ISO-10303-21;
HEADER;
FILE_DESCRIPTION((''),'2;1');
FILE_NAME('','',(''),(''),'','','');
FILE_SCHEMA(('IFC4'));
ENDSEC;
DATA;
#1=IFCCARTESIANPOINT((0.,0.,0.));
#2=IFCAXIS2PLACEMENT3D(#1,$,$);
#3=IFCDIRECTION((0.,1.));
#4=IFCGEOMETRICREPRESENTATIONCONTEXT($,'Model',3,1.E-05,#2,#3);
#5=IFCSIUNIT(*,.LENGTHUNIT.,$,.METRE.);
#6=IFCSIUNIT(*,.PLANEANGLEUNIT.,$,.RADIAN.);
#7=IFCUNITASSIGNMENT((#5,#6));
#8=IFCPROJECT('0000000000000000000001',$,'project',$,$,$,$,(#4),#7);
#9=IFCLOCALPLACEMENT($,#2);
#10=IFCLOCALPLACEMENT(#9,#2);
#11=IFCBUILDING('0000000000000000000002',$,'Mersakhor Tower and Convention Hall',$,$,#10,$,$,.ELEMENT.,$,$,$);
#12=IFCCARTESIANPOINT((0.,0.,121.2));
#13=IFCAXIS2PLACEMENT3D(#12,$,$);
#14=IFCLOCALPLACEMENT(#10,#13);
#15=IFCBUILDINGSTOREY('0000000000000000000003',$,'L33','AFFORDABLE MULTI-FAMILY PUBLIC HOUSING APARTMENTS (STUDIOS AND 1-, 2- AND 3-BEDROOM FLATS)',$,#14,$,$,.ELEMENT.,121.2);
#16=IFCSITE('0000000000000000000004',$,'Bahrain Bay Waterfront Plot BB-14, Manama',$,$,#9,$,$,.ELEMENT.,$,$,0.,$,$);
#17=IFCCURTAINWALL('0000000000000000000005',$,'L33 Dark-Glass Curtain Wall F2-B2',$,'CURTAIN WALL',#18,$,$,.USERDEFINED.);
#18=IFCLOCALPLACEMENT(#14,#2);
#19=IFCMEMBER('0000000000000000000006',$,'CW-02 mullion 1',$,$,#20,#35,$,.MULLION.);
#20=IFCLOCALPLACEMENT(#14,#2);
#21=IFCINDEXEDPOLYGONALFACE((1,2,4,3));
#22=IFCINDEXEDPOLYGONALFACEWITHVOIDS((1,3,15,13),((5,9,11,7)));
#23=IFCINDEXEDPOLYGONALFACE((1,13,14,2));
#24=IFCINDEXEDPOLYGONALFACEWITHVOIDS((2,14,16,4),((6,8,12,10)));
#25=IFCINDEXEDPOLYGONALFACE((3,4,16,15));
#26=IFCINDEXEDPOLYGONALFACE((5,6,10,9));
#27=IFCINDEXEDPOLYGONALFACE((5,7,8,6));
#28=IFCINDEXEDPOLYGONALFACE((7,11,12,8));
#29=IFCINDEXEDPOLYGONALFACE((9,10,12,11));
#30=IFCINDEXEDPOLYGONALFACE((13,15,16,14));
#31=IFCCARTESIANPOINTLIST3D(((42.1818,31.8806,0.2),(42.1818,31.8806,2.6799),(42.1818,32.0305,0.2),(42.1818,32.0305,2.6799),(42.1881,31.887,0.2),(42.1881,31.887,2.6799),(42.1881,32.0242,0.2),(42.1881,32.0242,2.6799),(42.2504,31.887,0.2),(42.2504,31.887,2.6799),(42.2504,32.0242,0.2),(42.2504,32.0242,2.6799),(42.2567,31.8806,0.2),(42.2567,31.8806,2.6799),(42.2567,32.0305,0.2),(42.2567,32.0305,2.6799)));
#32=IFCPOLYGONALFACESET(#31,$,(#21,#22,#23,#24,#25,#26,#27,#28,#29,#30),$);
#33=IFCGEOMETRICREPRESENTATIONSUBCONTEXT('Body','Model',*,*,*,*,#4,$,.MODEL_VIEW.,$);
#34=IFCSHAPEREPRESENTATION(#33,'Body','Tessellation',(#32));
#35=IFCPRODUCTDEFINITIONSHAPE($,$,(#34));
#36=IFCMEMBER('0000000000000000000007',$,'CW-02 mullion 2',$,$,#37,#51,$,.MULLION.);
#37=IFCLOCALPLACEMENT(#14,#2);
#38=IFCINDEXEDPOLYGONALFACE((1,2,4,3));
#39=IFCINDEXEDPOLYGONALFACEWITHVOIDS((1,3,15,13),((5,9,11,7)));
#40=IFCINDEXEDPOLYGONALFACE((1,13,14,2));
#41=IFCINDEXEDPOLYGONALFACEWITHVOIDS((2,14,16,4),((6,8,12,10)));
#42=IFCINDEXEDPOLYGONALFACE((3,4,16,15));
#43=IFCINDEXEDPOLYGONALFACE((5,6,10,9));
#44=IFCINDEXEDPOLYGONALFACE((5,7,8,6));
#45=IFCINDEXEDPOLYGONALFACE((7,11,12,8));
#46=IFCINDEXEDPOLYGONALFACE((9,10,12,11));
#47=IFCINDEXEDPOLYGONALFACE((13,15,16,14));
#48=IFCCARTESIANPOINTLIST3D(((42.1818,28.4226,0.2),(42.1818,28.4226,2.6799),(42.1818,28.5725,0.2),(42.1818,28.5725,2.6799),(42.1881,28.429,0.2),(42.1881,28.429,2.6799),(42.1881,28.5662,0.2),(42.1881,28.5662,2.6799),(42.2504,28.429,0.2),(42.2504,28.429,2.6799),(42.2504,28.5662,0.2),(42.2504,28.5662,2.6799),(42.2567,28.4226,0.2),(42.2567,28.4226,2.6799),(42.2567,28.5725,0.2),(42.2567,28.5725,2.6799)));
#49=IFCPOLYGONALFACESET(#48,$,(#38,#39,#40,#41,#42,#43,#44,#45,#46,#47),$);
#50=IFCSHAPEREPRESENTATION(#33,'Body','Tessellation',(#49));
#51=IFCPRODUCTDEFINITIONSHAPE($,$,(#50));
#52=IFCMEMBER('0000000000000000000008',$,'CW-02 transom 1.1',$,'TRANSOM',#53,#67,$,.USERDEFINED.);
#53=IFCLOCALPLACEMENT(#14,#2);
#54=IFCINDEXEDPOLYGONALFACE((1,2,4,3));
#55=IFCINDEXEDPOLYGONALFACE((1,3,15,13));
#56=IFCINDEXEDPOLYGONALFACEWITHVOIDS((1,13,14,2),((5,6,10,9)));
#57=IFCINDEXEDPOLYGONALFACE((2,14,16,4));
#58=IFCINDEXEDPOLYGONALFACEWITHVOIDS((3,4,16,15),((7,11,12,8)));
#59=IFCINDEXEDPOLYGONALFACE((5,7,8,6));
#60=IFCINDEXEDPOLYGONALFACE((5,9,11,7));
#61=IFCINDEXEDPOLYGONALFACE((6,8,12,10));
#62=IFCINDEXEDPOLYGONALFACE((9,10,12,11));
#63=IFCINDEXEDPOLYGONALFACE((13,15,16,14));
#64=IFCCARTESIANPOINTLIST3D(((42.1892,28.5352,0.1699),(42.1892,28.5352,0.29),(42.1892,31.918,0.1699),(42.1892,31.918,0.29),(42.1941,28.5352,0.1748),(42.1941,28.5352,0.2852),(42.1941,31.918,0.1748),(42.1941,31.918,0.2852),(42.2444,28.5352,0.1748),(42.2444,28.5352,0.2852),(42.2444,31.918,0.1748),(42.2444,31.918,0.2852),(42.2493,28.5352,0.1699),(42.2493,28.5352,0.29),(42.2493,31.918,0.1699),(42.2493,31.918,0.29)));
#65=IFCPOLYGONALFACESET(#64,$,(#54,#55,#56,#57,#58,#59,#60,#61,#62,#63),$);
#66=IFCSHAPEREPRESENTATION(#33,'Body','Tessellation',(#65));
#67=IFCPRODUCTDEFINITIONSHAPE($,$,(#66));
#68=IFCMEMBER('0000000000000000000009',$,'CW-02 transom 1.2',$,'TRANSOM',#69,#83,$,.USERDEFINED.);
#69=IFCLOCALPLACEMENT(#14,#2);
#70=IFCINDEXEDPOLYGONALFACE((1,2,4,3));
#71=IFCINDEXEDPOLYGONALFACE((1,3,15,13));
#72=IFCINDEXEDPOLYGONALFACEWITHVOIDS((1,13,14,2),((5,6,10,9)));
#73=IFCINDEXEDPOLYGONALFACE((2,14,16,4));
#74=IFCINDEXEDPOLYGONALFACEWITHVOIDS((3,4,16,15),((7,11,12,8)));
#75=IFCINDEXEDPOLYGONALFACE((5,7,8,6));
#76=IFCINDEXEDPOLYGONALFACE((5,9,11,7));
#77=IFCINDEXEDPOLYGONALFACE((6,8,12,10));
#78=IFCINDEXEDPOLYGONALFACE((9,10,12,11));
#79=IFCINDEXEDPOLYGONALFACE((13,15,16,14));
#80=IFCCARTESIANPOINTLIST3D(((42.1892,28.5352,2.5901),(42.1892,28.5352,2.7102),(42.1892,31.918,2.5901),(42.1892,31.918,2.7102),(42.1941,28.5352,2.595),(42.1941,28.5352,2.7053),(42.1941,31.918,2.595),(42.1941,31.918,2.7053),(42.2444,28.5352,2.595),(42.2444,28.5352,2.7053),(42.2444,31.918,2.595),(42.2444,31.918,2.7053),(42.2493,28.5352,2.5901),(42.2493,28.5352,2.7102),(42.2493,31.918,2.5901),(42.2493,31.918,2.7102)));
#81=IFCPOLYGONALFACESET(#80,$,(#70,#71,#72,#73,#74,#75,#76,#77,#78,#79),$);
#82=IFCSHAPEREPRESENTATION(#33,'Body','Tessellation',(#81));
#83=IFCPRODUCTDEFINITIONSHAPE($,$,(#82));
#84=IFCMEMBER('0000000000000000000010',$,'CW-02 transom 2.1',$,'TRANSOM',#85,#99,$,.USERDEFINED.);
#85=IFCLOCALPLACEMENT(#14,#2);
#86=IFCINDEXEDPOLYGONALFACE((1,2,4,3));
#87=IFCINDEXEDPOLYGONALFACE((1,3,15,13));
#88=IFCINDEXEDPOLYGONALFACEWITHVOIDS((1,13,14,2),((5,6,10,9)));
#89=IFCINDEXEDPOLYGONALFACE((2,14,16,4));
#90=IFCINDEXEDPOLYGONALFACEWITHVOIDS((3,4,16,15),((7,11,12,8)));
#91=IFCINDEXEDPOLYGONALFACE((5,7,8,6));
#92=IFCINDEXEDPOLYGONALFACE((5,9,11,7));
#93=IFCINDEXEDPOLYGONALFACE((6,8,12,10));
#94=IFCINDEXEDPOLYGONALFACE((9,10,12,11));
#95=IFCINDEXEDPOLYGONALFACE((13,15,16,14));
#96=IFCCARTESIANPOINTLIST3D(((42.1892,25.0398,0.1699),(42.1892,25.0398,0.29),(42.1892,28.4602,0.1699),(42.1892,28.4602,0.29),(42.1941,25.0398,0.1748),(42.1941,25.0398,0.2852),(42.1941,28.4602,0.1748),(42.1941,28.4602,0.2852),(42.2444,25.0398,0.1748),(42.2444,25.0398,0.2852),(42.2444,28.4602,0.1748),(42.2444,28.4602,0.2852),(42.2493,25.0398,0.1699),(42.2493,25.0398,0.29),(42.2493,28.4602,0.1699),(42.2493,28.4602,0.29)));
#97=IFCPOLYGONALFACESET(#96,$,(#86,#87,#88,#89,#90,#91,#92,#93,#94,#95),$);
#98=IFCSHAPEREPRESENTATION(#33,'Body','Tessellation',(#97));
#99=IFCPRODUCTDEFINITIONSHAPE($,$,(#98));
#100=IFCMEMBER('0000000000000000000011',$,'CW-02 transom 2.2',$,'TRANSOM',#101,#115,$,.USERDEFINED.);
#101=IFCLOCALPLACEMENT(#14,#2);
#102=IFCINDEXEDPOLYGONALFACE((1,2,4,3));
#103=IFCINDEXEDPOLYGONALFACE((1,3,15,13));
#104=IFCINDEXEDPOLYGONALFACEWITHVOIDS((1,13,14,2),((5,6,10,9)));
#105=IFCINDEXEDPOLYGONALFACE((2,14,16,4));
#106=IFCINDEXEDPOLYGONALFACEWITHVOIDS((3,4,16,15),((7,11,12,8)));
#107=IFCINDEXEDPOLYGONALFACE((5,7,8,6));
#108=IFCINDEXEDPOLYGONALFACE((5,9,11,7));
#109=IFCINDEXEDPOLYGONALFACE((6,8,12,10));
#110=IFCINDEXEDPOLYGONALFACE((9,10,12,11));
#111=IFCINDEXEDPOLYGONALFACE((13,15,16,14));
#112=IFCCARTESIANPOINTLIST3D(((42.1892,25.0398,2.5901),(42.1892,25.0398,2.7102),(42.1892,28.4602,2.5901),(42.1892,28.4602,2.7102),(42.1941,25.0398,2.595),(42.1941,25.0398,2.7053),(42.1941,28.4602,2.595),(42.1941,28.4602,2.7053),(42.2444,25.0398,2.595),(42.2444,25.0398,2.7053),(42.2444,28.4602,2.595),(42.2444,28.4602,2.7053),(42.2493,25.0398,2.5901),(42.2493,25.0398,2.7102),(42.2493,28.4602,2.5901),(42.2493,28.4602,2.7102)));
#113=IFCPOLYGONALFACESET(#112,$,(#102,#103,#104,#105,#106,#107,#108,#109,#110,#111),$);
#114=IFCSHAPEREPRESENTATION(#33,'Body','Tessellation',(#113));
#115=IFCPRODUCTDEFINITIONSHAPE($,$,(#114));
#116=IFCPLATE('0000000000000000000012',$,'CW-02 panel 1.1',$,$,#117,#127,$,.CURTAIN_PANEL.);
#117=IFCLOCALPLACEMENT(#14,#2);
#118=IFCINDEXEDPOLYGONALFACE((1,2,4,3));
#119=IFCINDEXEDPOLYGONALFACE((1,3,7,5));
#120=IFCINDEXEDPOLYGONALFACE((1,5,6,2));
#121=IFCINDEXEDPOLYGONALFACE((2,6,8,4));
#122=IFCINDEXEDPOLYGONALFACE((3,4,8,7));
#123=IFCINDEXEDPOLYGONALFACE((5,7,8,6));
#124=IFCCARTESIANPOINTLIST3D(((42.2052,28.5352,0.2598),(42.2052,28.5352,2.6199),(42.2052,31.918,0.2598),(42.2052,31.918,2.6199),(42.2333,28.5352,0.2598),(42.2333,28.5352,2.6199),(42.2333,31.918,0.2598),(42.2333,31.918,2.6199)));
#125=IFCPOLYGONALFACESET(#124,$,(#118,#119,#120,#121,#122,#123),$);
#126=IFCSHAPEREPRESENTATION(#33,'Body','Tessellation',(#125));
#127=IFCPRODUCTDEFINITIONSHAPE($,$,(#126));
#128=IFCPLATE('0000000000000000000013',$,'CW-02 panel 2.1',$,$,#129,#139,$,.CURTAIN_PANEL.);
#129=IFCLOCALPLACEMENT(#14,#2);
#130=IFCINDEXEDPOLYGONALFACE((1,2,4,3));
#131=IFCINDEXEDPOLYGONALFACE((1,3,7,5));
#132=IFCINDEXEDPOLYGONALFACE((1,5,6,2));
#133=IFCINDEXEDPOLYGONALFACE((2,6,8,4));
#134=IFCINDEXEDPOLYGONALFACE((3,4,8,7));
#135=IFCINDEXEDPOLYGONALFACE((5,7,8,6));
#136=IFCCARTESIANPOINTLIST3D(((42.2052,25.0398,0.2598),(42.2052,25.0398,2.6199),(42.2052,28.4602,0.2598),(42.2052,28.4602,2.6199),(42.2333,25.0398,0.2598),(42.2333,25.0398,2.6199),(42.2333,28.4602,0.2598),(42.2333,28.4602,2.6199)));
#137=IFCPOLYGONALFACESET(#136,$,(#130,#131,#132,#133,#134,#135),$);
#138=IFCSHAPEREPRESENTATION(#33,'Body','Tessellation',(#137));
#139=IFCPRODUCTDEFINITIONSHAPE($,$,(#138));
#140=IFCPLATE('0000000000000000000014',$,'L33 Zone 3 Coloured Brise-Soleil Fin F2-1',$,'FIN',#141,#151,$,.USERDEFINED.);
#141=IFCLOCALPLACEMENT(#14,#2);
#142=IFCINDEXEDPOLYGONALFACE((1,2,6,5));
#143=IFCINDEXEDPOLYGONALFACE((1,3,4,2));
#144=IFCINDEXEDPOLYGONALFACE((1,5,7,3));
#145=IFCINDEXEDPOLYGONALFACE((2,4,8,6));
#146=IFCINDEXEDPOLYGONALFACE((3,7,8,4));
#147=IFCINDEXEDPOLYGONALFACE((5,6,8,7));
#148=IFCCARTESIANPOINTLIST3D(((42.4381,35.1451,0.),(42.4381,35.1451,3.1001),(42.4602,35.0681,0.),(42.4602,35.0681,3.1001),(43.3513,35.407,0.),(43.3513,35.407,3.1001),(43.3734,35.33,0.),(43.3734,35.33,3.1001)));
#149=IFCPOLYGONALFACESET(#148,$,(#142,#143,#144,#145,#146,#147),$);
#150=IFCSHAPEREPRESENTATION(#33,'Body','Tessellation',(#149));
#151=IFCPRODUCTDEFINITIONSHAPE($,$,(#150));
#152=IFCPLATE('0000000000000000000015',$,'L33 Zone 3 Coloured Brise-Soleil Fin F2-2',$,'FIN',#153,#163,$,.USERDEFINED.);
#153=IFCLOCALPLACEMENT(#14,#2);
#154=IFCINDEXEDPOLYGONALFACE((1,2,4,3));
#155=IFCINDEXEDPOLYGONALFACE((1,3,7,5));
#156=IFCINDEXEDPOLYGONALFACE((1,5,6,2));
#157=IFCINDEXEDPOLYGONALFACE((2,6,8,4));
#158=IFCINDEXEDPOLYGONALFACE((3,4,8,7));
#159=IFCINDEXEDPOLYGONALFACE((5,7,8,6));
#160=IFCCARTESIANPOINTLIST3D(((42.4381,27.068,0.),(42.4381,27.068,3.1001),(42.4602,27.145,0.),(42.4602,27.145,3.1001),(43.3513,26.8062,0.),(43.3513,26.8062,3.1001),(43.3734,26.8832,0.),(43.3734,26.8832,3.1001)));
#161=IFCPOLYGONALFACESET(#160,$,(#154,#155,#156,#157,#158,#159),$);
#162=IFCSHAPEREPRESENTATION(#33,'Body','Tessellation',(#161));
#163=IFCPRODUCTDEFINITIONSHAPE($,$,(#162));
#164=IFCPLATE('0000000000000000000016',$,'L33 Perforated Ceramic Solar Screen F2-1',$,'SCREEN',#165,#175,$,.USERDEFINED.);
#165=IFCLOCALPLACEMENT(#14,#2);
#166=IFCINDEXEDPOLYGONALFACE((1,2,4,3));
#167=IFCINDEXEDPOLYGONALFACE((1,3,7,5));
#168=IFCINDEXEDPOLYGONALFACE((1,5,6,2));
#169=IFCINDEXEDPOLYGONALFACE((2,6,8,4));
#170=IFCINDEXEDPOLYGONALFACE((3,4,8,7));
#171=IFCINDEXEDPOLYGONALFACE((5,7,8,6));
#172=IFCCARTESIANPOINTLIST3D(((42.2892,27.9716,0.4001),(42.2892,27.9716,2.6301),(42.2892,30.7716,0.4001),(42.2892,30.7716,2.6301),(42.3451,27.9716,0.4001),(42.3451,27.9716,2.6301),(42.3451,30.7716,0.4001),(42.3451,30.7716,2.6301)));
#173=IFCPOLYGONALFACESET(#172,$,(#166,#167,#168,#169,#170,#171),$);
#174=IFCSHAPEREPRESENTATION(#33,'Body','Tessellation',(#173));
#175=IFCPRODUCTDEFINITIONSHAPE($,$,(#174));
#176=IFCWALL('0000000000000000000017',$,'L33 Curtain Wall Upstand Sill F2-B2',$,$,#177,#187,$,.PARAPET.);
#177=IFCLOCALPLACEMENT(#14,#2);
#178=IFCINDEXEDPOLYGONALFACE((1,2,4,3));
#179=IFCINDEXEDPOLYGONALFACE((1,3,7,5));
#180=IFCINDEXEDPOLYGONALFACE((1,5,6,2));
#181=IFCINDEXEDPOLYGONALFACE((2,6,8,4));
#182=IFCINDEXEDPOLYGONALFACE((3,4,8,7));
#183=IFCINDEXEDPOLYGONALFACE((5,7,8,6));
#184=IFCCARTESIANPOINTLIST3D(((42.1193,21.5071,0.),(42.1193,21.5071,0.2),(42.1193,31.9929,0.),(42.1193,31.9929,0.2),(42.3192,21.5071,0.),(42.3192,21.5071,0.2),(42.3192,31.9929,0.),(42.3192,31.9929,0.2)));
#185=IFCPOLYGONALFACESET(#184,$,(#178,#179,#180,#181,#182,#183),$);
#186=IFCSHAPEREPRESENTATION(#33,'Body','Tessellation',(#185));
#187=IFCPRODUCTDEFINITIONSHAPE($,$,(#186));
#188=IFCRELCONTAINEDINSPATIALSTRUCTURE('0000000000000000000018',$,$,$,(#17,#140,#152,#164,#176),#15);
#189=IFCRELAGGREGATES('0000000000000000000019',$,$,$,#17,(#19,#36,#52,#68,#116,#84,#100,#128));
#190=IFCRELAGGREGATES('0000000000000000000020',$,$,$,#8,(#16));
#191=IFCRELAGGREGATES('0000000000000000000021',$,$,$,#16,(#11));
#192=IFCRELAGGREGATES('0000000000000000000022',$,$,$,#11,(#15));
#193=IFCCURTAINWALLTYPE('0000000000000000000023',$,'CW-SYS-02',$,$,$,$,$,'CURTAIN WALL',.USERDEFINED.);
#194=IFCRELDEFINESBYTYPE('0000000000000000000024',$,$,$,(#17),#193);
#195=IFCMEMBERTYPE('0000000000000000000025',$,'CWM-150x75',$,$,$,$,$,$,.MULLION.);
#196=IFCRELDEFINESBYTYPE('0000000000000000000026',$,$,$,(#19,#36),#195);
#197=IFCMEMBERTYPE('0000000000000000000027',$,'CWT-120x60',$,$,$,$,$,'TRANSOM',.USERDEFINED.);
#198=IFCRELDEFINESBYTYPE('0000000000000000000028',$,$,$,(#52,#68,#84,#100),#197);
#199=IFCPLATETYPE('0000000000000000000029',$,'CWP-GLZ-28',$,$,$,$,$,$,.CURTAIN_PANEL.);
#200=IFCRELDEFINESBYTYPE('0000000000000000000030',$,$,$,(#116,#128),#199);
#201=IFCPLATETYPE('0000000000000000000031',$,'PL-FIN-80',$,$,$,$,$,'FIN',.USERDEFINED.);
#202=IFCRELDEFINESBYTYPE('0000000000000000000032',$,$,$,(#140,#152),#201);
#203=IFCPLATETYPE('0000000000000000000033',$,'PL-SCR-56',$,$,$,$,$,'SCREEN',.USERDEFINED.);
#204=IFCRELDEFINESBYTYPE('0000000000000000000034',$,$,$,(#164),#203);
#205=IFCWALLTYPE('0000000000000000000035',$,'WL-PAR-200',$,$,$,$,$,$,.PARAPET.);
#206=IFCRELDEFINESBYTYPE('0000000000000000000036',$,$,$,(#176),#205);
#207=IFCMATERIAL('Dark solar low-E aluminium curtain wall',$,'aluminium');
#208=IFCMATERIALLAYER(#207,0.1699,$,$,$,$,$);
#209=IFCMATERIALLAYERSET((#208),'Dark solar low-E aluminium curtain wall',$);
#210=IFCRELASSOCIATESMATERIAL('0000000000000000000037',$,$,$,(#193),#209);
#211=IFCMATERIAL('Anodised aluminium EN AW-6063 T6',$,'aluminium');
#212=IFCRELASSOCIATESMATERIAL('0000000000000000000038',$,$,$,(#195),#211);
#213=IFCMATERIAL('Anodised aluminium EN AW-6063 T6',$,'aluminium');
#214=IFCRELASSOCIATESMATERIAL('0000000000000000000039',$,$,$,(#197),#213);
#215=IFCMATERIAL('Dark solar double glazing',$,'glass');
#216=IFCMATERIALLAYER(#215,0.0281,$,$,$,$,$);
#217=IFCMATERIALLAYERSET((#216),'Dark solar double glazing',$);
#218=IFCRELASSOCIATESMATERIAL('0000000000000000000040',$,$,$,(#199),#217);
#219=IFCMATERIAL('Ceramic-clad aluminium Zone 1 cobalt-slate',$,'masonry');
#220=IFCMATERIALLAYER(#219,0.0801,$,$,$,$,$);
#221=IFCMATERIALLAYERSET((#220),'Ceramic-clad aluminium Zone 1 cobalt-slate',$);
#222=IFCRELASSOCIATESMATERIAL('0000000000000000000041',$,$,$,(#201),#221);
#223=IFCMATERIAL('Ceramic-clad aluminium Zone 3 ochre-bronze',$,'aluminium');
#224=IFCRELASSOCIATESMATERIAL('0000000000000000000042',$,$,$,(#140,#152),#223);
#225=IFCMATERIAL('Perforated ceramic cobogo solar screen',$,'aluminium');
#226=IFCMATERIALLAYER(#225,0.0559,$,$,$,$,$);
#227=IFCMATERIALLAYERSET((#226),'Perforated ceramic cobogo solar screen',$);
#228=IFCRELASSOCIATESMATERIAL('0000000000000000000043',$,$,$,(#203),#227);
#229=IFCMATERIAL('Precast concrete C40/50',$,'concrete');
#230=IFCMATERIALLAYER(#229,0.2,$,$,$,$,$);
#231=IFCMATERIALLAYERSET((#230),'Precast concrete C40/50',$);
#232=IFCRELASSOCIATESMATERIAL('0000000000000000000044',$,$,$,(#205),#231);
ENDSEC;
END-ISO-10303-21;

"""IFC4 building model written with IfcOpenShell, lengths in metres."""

from ifc_helpers import new_model, si_unit, direction, frame, frame_2d, origin, origin_2d, place, context, subcontext, project, spatial, rectangle, hollow_rectangle, extrude, material, layer, layer_set, material_profile, profile_set, type_object, element, aggregate, save


model = new_model("IFC4")

# Units and contexts
model_context = context("Model", 3, precision=1e-05, world=origin(), true_north=direction((0.0, 1.0)))
body_context = subcontext(model_context, "Body", "Model", "MODEL_VIEW")
ifc_project = project(units=[si_unit("LENGTHUNIT", "METRE"), si_unit("PLANEANGLEUNIT", "RADIAN")], contexts=[model_context])

# Site, building, storey
site_placement = place(None, origin())
site = spatial("IfcSite", under=ifc_project, at=site_placement, Name="Bahrain Bay Waterfront Plot BB-14, Manama", CompositionType="ELEMENT", RefElevation=0.0)
building_placement = place(site_placement, origin())
building = spatial("IfcBuilding", under=site, at=building_placement, Name="Mersakhor Tower and Convention Hall", CompositionType="ELEMENT")
storey_placement = place(building_placement, frame((0.0, 0.0, 121.2)))
storey = spatial("IfcBuildingStorey", under=building, at=storey_placement, Name="L33", Description="AFFORDABLE MULTI-FAMILY PUBLIC HOUSING APARTMENTS (STUDIOS AND 1-, 2- AND 3-BEDROOM FLATS)", CompositionType="ELEMENT", Elevation=121.2)

# Curtain wall, members, plates
ifc_material_1 = material(Name="Dark solar low-E aluminium curtain wall", Category="aluminium")
ifc_layer_1 = layer(ifc_material_1, 0.1699)
ifc_layer_set_1 = layer_set([ifc_layer_1], Name="Dark solar low-E aluminium curtain wall")
curtain_wall_type = type_object("IfcCurtainWallType", Name="CW-SYS-02", ElementType="CURTAIN WALL", PredefinedType="USERDEFINED", material=ifc_layer_set_1)
curtain_wall_placement = place(storey_placement, origin())
curtain_wall = element("IfcCurtainWall", 1, at=curtain_wall_placement, inside=storey, type_object=curtain_wall_type, Name="L33 Dark-Glass Curtain Wall F2-B2", ObjectType="CURTAIN WALL", PredefinedType="USERDEFINED")
ifc_material_2 = material(Name="Anodised aluminium EN AW-6063 T6", Category="aluminium")
ifc_material_profile_1 = material_profile(ifc_material_2, hollow_rectangle(XDim=0.075, YDim=0.1499, WallThickness=0.0063, at=origin_2d()), Name="RHS 150x75x6.3")
ifc_profile_set_1 = profile_set([ifc_material_profile_1], Name="Anodised aluminium EN AW-6063 T6")
member_type_1 = type_object("IfcMemberType", Name="CWM-150x75", PredefinedType="MULLION", material=ifc_profile_set_1)
member_1_placement = place(storey_placement, frame((42.2192, 31.9556, 0.2), z_axis=(0.0, 0.0, 1.0), x_axis=(1.0, 0.0, 0.0)))
member_1 = element("IfcMember", 2, at=member_1_placement, type_object=member_type_1, Name="CW-02 mullion 1", PredefinedType="MULLION", context=body_context, shape_type="SweptSolid", body=[
    extrude(hollow_rectangle(XDim=0.075, YDim=0.1499, WallThickness=0.0063, at=origin_2d()), origin(), (0.0, 0.0, 1.0), 2.48),
])
member_2_placement = place(storey_placement, frame((42.2192, 28.4976, 0.2), z_axis=(0.0, 0.0, 1.0), x_axis=(1.0, 0.0, 0.0)))
member_2 = element("IfcMember", 3, at=member_2_placement, type_object=member_type_1, Name="CW-02 mullion 2", PredefinedType="MULLION", context=body_context, shape_type="SweptSolid", body=[
    extrude(hollow_rectangle(XDim=0.075, YDim=0.1499, WallThickness=0.0063, at=origin_2d()), origin(), (0.0, 0.0, 1.0), 2.48),
])
ifc_material_3 = material(Name="Anodised aluminium EN AW-6063 T6", Category="aluminium")
ifc_material_profile_2 = material_profile(ifc_material_3, hollow_rectangle(XDim=0.0601, YDim=0.1201, WallThickness=0.0049, at=origin_2d()), Name="RHS 120x60x5")
ifc_profile_set_2 = profile_set([ifc_material_profile_2], Name="Anodised aluminium EN AW-6063 T6")
member_type_2 = type_object("IfcMemberType", Name="CWT-120x60", ElementType="TRANSOM", PredefinedType="USERDEFINED", material=ifc_profile_set_2)
member_3_placement = place(storey_placement, frame((42.2192, 31.918, 0.23), z_axis=(0.0, -1.0, 0.0), x_axis=(1.0, 0.0, 0.0)))
member_3 = element("IfcMember", 4, at=member_3_placement, type_object=member_type_2, Name="CW-02 transom 1.1", ObjectType="TRANSOM", PredefinedType="USERDEFINED", context=body_context, shape_type="SweptSolid", body=[
    extrude(hollow_rectangle(XDim=0.0601, YDim=0.1201, WallThickness=0.0049, at=origin_2d()), origin(), (0.0, 0.0, 1.0), 3.3828),
])
member_4_placement = place(storey_placement, frame((42.2192, 31.918, 2.6501), z_axis=(0.0, -1.0, 0.0), x_axis=(1.0, 0.0, 0.0)))
member_4 = element("IfcMember", 5, at=member_4_placement, type_object=member_type_2, Name="CW-02 transom 1.2", ObjectType="TRANSOM", PredefinedType="USERDEFINED", context=body_context, shape_type="SweptSolid", body=[
    extrude(hollow_rectangle(XDim=0.0601, YDim=0.1201, WallThickness=0.0049, at=origin_2d()), origin(), (0.0, 0.0, 1.0), 3.3828),
])
member_5_placement = place(storey_placement, frame((42.2192, 28.4602, 0.23), z_axis=(0.0, -1.0, 0.0), x_axis=(1.0, 0.0, 0.0)))
member_5 = element("IfcMember", 6, at=member_5_placement, type_object=member_type_2, Name="CW-02 transom 2.1", ObjectType="TRANSOM", PredefinedType="USERDEFINED", context=body_context, shape_type="SweptSolid", body=[
    extrude(hollow_rectangle(XDim=0.0601, YDim=0.1201, WallThickness=0.0049, at=origin_2d()), origin(), (0.0, 0.0, 1.0), 3.4204),
])
member_6_placement = place(storey_placement, frame((42.2192, 28.4602, 2.6501), z_axis=(0.0, -1.0, 0.0), x_axis=(1.0, 0.0, 0.0)))
member_6 = element("IfcMember", 7, at=member_6_placement, type_object=member_type_2, Name="CW-02 transom 2.2", ObjectType="TRANSOM", PredefinedType="USERDEFINED", context=body_context, shape_type="SweptSolid", body=[
    extrude(hollow_rectangle(XDim=0.0601, YDim=0.1201, WallThickness=0.0049, at=origin_2d()), origin(), (0.0, 0.0, 1.0), 3.4204),
])
ifc_material_4 = material(Name="Dark solar double glazing", Category="glass")
ifc_layer_2 = layer(ifc_material_4, 0.0281)
ifc_layer_set_2 = layer_set([ifc_layer_2], Name="Dark solar double glazing")
plate_type_1 = type_object("IfcPlateType", Name="CWP-GLZ-28", PredefinedType="CURTAIN_PANEL", material=ifc_layer_set_2)
plate_1_placement = place(storey_placement, frame((42.2192, 30.2266, 0.2598), z_axis=(0.0, 0.0, 1.0), x_axis=(0.0, -1.0, 0.0)))
plate_1 = element("IfcPlate", 8, at=plate_1_placement, type_object=plate_type_1, Name="CW-02 panel 1.1", PredefinedType="CURTAIN_PANEL", context=body_context, shape_type="SweptSolid", body=[
    extrude(rectangle(XDim=3.3828, YDim=0.0281, at=origin_2d()), origin(), (0.0, 0.0, 1.0), 2.3601),
])
plate_2_placement = place(storey_placement, frame((42.2192, 26.75, 0.2598), z_axis=(0.0, 0.0, 1.0), x_axis=(0.0, -1.0, 0.0)))
plate_2 = element("IfcPlate", 9, at=plate_2_placement, type_object=plate_type_1, Name="CW-02 panel 2.1", PredefinedType="CURTAIN_PANEL", context=body_context, shape_type="SweptSolid", body=[
    extrude(rectangle(XDim=3.4204, YDim=0.0281, at=origin_2d()), origin(), (0.0, 0.0, 1.0), 2.3601),
])
aggregate(curtain_wall, [member_1, member_2, member_3, member_4, plate_1, member_5, member_6, plate_2])

# Plates
ifc_material_5 = material(Name="Ceramic-clad aluminium Zone 3 ochre-bronze", Category="aluminium")
ifc_material_6 = material(Name="Ceramic-clad aluminium Zone 1 cobalt-slate", Category="masonry")
ifc_layer_3 = layer(ifc_material_6, 0.0801)
ifc_layer_set_3 = layer_set([ifc_layer_3], Name="Ceramic-clad aluminium Zone 1 cobalt-slate")
plate_type_2 = type_object("IfcPlateType", Name="PL-FIN-80", ElementType="FIN", PredefinedType="USERDEFINED", material=ifc_layer_set_3)
for number, where, z_axis, x_axis, name in (
    (10, (42.9058, 35.2375, 0.0), (0.0, 0.0, 1.0), (0.961262, 0.275637, 0.0), "L33 Zone 3 Coloured Brise-Soleil Fin F2-1"),
    (11, (42.9058, 26.9756, 0.0), (0.0, 0.0, 1.0), (0.961262, -0.275637, 0.0), "L33 Zone 3 Coloured Brise-Soleil Fin F2-2"),
):
    element("IfcPlate", number, at=place(storey_placement, frame(where, z_axis=z_axis, x_axis=x_axis)), inside=storey, type_object=plate_type_2, material=ifc_material_5, Name=name, ObjectType="FIN", PredefinedType="USERDEFINED", context=body_context, shape_type="SweptSolid", body=[
        extrude(rectangle(XDim=0.95, YDim=0.0801, at=origin_2d()), origin(), (0.0, 0.0, 1.0), 3.1001),
    ])
ifc_material_7 = material(Name="Perforated ceramic cobogo solar screen", Category="aluminium")
ifc_layer_4 = layer(ifc_material_7, 0.0559)
ifc_layer_set_4 = layer_set([ifc_layer_4], Name="Perforated ceramic cobogo solar screen")
plate_type_3 = type_object("IfcPlateType", Name="PL-SCR-56", ElementType="SCREEN", PredefinedType="USERDEFINED", material=ifc_layer_set_4)
plate_3_placement = place(storey_placement, frame((42.3171, 29.3716, 0.4001), z_axis=(0.0, 0.0, 1.0), x_axis=(0.0, -1.0, 0.0)))
element("IfcPlate", 12, at=plate_3_placement, inside=storey, type_object=plate_type_3, Name="L33 Perforated Ceramic Solar Screen F2-1", ObjectType="SCREEN", PredefinedType="USERDEFINED", context=body_context, shape_type="SweptSolid", body=[
    extrude(rectangle(XDim=2.8, YDim=0.0559, at=origin_2d()), origin(), (0.0, 0.0, 1.0), 2.23),
])

# Wall
ifc_material_8 = material(Name="Precast concrete C40/50", Category="concrete")
ifc_layer_5 = layer(ifc_material_8, 0.2)
ifc_layer_set_5 = layer_set([ifc_layer_5], Name="Precast concrete C40/50")
wall_type_1 = type_object("IfcWallType", Name="WL-PAR-200", PredefinedType="PARAPET", material=ifc_layer_set_5)
wall_1_placement = place(storey_placement, frame((42.2192, 31.9929, 0.0), z_axis=(0.0, 0.0, 1.0), x_axis=(0.0, -1.0, 0.0)))
element("IfcWall", 13, at=wall_1_placement, inside=storey, type_object=wall_type_1, Name="L33 Curtain Wall Upstand Sill F2-B2", PredefinedType="PARAPET", context=body_context, shape_type="SweptSolid", body=[
    extrude(rectangle(XDim=10.4858, YDim=0.2, at=frame_2d((5.2429, 0.0))), origin(), (0.0, 0.0, 1.0), 0.2),
])

save(model, "model.ifc")
